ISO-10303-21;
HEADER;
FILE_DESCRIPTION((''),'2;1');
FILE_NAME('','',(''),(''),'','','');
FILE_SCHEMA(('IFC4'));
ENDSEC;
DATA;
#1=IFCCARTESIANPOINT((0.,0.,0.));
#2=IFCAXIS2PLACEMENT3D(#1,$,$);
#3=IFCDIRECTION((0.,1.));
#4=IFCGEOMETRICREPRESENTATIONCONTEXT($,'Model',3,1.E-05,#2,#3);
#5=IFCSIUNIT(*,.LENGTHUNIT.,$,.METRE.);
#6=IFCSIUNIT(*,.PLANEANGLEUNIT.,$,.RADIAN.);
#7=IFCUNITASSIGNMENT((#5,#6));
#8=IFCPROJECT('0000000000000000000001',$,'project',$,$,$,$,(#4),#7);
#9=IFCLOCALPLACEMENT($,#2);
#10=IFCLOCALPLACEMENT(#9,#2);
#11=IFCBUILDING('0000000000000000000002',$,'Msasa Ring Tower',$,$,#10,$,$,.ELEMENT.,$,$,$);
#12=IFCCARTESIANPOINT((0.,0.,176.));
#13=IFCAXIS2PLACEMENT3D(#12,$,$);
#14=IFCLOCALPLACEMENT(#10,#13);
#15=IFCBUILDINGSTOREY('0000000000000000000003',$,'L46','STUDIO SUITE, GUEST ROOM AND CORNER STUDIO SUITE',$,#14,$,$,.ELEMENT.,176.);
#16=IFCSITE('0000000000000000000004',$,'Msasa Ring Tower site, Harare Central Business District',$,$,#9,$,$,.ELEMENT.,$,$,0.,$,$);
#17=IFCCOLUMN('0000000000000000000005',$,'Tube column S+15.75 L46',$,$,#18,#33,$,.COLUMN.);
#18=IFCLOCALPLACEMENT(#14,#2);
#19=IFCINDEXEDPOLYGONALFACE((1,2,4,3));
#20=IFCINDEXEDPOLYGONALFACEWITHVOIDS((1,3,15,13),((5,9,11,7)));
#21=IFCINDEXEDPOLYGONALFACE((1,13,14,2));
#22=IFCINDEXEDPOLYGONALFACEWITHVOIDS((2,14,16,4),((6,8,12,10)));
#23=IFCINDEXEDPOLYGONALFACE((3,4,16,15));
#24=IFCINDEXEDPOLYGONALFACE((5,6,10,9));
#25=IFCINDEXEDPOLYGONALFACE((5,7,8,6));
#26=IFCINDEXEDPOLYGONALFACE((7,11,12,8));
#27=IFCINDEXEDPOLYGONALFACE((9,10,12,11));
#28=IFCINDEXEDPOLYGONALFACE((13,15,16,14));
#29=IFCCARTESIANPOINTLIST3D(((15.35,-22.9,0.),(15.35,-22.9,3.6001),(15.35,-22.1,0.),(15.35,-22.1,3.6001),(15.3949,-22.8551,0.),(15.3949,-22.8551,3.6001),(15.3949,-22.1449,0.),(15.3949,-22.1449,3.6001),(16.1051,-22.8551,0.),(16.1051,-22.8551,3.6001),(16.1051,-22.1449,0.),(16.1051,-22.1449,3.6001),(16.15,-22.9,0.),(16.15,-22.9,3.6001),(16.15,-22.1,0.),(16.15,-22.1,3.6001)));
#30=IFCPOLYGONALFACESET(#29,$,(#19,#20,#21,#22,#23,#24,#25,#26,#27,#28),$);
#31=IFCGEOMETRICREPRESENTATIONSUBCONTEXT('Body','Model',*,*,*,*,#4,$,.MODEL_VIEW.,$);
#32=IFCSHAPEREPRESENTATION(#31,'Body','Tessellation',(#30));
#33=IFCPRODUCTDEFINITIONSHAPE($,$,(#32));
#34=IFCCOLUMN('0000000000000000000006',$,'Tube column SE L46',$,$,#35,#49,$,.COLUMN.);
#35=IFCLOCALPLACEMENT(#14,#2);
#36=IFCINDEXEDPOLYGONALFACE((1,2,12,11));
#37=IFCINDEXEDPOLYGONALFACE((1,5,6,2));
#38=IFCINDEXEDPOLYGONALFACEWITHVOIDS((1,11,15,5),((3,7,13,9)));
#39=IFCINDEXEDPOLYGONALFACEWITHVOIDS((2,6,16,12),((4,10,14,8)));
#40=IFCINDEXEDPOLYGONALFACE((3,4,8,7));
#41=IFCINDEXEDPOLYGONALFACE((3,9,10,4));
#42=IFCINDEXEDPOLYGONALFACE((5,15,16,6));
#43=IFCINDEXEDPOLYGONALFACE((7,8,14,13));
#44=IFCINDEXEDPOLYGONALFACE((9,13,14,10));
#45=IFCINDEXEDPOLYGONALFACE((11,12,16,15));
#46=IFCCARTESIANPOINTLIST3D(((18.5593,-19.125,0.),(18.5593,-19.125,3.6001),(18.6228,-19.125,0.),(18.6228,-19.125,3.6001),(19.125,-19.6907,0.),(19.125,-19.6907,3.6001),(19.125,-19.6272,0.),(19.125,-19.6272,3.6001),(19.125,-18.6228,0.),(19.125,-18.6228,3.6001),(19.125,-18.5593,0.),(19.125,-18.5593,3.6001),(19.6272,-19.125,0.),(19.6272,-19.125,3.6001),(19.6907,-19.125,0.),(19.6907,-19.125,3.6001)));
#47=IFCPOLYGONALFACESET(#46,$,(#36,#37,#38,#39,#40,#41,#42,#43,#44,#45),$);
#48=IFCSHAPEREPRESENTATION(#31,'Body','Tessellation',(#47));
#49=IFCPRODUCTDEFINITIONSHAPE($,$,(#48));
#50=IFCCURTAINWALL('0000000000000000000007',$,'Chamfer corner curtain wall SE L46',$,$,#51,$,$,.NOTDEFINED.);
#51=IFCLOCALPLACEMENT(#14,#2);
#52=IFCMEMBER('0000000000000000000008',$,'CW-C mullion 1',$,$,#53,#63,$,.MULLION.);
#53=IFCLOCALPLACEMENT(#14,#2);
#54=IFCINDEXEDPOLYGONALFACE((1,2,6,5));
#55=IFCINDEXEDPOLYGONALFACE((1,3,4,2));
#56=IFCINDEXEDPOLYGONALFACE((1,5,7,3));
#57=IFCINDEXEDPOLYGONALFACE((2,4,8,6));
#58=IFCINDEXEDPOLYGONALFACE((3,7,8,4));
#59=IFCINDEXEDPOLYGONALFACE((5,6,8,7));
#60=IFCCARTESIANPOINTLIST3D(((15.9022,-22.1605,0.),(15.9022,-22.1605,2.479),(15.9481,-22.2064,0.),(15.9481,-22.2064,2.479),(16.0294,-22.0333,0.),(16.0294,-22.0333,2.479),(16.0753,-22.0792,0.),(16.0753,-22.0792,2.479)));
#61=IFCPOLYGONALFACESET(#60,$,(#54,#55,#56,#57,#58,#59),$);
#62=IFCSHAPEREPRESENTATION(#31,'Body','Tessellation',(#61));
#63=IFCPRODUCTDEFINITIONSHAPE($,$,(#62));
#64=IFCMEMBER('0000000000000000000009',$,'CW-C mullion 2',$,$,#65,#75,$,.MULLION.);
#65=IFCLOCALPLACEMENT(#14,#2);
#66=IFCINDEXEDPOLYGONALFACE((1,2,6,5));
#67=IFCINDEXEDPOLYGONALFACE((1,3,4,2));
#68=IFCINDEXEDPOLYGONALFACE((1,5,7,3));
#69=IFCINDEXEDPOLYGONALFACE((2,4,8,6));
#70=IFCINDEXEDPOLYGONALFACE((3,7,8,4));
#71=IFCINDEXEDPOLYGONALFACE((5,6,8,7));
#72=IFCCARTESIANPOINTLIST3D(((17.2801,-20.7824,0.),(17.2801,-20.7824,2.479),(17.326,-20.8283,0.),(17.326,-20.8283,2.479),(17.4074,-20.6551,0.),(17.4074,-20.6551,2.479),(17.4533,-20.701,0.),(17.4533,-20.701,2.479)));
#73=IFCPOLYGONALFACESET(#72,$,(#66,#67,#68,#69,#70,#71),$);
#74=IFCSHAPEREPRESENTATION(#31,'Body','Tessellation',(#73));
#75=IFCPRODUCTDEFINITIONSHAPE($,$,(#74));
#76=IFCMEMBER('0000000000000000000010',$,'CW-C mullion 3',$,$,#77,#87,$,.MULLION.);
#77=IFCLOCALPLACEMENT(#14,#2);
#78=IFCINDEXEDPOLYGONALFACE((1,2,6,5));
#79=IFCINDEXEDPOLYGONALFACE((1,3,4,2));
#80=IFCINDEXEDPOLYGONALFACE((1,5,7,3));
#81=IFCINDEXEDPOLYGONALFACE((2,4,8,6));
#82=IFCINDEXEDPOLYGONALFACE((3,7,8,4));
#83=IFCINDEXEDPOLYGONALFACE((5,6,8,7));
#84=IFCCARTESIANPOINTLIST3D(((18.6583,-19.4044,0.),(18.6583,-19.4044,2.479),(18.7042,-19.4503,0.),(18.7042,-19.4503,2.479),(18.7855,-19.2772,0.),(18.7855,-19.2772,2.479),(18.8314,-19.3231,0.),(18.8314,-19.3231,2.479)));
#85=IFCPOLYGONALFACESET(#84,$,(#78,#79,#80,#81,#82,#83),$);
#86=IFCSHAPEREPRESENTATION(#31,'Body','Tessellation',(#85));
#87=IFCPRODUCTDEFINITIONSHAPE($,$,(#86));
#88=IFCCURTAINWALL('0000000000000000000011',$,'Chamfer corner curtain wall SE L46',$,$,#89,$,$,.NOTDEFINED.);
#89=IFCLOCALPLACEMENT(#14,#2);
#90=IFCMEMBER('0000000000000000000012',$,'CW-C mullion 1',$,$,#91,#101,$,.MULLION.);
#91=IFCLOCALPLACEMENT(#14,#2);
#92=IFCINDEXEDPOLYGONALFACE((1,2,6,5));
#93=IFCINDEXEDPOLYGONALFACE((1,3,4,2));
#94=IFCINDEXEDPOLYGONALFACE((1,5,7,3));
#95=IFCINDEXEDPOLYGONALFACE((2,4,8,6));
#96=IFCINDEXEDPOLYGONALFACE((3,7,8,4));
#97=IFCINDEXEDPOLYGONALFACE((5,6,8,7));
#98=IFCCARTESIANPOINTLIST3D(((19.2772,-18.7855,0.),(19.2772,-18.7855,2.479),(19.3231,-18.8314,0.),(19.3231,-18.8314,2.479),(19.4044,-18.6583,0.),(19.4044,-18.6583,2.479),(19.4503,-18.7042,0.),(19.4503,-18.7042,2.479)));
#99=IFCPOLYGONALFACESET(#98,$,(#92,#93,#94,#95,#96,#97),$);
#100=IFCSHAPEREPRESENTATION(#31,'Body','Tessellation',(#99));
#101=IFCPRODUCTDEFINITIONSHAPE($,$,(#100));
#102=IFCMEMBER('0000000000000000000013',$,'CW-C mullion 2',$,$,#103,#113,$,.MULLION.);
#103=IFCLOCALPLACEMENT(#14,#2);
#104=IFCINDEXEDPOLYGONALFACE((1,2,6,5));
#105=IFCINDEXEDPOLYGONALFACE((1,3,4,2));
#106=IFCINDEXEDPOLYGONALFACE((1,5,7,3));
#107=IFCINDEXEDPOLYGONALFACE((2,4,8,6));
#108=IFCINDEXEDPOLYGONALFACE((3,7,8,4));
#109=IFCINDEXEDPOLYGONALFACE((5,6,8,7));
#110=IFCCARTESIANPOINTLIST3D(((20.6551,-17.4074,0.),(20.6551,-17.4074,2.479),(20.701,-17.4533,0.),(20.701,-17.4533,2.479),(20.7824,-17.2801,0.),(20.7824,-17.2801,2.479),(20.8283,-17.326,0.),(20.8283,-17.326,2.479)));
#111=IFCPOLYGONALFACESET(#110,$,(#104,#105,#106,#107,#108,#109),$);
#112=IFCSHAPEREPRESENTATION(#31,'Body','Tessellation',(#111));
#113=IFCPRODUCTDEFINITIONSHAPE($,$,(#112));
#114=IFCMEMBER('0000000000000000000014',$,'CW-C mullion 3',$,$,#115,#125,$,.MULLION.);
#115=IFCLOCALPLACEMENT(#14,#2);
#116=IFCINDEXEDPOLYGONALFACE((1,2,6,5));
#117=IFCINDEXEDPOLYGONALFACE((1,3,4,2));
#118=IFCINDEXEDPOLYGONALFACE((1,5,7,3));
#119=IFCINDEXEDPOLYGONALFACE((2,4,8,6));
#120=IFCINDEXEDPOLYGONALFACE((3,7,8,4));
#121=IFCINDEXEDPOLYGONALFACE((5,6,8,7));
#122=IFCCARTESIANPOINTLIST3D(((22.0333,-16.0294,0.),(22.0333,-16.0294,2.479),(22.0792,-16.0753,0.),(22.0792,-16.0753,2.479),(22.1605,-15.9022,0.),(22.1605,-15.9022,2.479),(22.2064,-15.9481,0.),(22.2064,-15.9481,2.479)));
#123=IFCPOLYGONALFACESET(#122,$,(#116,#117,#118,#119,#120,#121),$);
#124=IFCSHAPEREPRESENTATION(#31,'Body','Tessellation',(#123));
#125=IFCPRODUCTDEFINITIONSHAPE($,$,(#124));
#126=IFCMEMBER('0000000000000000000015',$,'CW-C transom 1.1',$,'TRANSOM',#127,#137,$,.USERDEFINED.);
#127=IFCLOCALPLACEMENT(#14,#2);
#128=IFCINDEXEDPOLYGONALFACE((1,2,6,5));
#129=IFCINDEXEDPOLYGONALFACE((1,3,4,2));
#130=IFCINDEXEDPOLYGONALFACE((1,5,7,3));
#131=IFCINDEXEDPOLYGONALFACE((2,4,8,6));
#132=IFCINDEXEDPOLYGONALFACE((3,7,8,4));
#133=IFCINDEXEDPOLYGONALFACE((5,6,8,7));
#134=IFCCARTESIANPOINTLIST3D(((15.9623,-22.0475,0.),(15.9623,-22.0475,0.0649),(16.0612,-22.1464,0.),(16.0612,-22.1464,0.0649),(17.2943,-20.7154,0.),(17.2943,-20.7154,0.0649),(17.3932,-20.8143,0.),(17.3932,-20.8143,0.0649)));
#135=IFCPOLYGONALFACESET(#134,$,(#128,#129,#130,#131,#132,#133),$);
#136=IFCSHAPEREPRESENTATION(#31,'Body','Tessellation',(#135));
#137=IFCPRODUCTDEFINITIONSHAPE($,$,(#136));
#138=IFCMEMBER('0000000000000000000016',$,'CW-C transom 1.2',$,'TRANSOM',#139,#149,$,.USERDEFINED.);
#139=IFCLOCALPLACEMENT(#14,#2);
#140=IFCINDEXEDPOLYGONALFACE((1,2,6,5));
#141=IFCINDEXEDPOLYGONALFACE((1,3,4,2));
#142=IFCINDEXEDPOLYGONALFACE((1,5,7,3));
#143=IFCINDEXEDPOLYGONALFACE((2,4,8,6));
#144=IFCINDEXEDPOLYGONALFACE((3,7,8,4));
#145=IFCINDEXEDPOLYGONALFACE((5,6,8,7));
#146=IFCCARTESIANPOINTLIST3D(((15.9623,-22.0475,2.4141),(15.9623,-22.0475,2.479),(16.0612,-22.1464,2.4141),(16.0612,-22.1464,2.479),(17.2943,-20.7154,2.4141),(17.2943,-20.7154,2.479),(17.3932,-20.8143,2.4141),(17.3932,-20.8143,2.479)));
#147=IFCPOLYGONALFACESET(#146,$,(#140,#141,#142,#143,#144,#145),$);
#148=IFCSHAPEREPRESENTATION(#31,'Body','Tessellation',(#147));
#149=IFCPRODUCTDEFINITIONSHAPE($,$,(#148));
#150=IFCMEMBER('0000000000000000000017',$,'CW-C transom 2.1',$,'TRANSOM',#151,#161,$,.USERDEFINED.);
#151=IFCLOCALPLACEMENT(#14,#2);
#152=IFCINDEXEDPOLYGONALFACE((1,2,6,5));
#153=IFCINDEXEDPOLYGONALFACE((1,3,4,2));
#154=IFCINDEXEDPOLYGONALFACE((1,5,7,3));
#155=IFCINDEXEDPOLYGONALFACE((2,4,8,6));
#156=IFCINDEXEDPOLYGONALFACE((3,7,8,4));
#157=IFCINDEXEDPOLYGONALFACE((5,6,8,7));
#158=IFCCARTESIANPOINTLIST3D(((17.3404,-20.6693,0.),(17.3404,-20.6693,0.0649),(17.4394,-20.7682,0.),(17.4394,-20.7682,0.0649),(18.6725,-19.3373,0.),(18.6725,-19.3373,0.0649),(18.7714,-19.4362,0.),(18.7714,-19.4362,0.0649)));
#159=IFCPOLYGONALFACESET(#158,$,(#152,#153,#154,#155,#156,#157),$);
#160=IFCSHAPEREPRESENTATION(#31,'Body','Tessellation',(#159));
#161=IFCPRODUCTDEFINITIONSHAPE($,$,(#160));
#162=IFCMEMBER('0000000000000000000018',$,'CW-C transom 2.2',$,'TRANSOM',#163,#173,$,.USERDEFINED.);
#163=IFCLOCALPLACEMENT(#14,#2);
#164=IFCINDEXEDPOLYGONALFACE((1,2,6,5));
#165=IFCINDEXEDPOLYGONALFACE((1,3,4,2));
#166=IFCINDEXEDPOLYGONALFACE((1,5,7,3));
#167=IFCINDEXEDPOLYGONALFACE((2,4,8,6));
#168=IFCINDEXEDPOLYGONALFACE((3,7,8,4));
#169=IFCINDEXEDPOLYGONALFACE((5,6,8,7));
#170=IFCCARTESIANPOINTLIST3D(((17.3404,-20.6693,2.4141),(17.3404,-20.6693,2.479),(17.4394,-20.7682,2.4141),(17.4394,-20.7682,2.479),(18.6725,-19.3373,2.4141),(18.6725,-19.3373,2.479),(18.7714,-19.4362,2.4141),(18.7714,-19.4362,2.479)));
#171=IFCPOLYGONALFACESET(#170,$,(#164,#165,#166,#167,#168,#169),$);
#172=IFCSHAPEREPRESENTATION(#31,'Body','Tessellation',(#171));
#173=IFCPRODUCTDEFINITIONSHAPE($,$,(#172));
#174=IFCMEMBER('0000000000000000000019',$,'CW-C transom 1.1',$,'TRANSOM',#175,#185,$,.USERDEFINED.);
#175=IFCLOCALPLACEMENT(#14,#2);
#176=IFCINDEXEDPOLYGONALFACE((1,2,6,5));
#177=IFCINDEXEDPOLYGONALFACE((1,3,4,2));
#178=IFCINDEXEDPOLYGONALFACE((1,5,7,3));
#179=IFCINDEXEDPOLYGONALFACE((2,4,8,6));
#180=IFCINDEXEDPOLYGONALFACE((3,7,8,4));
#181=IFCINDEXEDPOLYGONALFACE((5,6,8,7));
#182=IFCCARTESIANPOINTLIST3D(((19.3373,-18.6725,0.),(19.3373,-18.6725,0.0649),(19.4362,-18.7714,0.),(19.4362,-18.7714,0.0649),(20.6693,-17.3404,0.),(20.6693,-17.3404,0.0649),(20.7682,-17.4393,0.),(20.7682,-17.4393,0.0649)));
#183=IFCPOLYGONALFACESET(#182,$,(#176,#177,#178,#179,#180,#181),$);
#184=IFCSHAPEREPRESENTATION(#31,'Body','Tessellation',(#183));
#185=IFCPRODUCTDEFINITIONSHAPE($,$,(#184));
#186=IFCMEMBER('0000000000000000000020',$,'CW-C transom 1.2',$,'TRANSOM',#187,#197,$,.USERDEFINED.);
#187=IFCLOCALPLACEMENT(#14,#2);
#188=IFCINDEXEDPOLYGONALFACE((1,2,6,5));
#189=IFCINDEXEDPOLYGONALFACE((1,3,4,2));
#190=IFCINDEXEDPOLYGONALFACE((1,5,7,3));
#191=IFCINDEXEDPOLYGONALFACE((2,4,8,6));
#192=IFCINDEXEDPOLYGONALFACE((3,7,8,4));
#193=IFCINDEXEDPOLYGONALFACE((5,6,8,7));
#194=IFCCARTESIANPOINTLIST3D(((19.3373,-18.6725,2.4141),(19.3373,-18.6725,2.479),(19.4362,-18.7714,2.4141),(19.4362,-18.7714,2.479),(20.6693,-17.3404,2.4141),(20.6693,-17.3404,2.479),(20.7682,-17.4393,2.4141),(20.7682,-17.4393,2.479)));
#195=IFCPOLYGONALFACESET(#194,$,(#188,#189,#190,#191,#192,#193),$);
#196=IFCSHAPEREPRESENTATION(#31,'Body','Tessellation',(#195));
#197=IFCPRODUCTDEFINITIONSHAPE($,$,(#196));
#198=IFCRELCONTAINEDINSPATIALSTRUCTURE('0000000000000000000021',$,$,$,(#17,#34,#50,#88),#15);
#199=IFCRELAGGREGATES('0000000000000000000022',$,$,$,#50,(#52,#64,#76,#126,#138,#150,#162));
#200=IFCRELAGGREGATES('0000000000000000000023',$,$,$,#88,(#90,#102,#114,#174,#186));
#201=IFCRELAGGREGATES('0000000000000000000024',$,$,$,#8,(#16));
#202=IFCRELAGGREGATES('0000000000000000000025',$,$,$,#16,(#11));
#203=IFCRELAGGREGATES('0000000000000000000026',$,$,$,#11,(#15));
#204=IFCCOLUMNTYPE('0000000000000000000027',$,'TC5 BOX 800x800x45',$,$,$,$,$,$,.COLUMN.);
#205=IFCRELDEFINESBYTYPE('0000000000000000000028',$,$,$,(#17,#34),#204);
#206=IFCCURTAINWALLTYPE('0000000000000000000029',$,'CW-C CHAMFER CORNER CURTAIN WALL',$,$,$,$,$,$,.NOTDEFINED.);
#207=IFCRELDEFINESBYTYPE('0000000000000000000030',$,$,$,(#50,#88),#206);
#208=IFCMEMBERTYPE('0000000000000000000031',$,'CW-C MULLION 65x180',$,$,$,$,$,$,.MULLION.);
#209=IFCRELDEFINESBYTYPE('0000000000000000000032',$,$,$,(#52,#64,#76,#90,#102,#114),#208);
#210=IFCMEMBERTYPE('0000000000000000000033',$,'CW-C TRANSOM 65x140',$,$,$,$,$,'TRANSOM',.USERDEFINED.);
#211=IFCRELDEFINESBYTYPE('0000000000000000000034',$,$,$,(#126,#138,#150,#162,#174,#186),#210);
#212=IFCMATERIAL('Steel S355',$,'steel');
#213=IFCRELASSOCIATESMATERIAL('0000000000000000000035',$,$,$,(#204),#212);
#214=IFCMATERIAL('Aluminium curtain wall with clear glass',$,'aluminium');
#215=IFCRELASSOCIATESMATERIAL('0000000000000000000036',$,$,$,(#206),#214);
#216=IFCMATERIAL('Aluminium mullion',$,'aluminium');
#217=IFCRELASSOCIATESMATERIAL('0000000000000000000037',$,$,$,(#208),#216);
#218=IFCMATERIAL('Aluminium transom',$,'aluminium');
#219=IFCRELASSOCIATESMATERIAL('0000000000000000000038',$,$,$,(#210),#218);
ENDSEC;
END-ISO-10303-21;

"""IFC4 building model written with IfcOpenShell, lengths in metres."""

from ifc_helpers import new_model, si_unit, direction, frame, origin, origin_2d, place, context, subcontext, project, spatial, rectangle, hollow_rectangle, extrude, material, material_profile, profile_set, type_object, element, aggregate, save


model = new_model("IFC4")

# Units and contexts
model_context = context("Model", 3, precision=1e-05, world=origin(), true_north=direction((0.0, 1.0)))
body_context = subcontext(model_context, "Body", "Model", "MODEL_VIEW")
ifc_project = project(units=[si_unit("LENGTHUNIT", "METRE"), si_unit("PLANEANGLEUNIT", "RADIAN")], contexts=[model_context])

# Site, building, storey
site_placement = place(None, origin())
site = spatial("IfcSite", under=ifc_project, at=site_placement, Name="Msasa Ring Tower site, Harare Central Business District", CompositionType="ELEMENT", RefElevation=0.0)
building_placement = place(site_placement, origin())
building = spatial("IfcBuilding", under=site, at=building_placement, Name="Msasa Ring Tower", CompositionType="ELEMENT")
storey_placement = place(building_placement, frame((0.0, 0.0, 176.0)))
storey = spatial("IfcBuildingStorey", under=building, at=storey_placement, Name="L46", Description="STUDIO SUITE, GUEST ROOM AND CORNER STUDIO SUITE", CompositionType="ELEMENT", Elevation=176.0)

# Columns
ifc_material_1 = material(Name="Steel S355", Category="steel")
ifc_material_profile_1 = material_profile(ifc_material_1, hollow_rectangle(XDim=0.8, YDim=0.8, WallThickness=0.0449, at=origin_2d()), Name="BOX 800x800x45")
ifc_profile_set_1 = profile_set([ifc_material_profile_1], Name="Steel S355")
column_type = type_object("IfcColumnType", Name="TC5 BOX 800x800x45", PredefinedType="COLUMN", material=ifc_profile_set_1)
for number, where, z_axis, x_axis, name in (
    (1, (15.75, -22.5, 0.0), (0.0, 0.0, 1.0), (0.0, 1.0, 0.0), "Tube column S+15.75 L46"),
    (2, (19.125, -19.125, 0.0), (0.0, 0.0, 1.0), (0.707107, -0.707107, 0.0), "Tube column SE L46"),
):
    element("IfcColumn", number, at=place(storey_placement, frame(where, z_axis=z_axis, x_axis=x_axis)), inside=storey, type_object=column_type, Name=name, PredefinedType="COLUMN", context=body_context, shape_type="SweptSolid", body=[
        extrude(hollow_rectangle(XDim=0.8, YDim=0.8, WallThickness=0.0449, at=origin_2d()), origin(), (0.0, 0.0, 1.0), 3.6001),
    ])

# Curtain walls, members
ifc_material_2 = material(Name="Aluminium curtain wall with clear glass", Category="aluminium")
curtain_wall_type = type_object("IfcCurtainWallType", Name="CW-C CHAMFER CORNER CURTAIN WALL", PredefinedType="NOTDEFINED", material=ifc_material_2)
curtain_wall_1_placement = place(storey_placement, origin())
curtain_wall_1 = element("IfcCurtainWall", 3, at=curtain_wall_1_placement, inside=storey, type_object=curtain_wall_type, Name="Chamfer corner curtain wall SE L46", PredefinedType="NOTDEFINED")
ifc_material_3 = material(Name="Aluminium mullion", Category="aluminium")
ifc_material_profile_2 = material_profile(ifc_material_3, rectangle(XDim=0.0649, YDim=0.1799, at=origin_2d()), Name="AL 65x180")
ifc_profile_set_2 = profile_set([ifc_material_profile_2], Name="Aluminium mullion")
member_type_1 = type_object("IfcMemberType", Name="CW-C MULLION 65x180", PredefinedType="MULLION", material=ifc_profile_set_2)
member_1_placement = place(storey_placement, frame((15.9888, -22.1199, 0.0), z_axis=(0.0, 0.0, 1.0), x_axis=(-0.707107, 0.707107, 0.0)))
member_1 = element("IfcMember", 4, at=member_1_placement, type_object=member_type_1, Name="CW-C mullion 1", PredefinedType="MULLION", context=body_context, shape_type="SweptSolid", body=[
    extrude(rectangle(XDim=0.0649, YDim=0.1799, at=origin_2d()), origin(), (0.0, 0.0, 1.0), 2.479),
])
member_2_placement = place(storey_placement, frame((17.3667, -20.7417, 0.0), z_axis=(0.0, 0.0, 1.0), x_axis=(-0.707107, 0.707107, 0.0)))
member_2 = element("IfcMember", 5, at=member_2_placement, type_object=member_type_1, Name="CW-C mullion 2", PredefinedType="MULLION", context=body_context, shape_type="SweptSolid", body=[
    extrude(rectangle(XDim=0.0649, YDim=0.1799, at=origin_2d()), origin(), (0.0, 0.0, 1.0), 2.479),
])
member_3_placement = place(storey_placement, frame((18.7449, -19.3638, 0.0), z_axis=(0.0, 0.0, 1.0), x_axis=(-0.707107, 0.707107, 0.0)))
member_3 = element("IfcMember", 6, at=member_3_placement, type_object=member_type_1, Name="CW-C mullion 3", PredefinedType="MULLION", context=body_context, shape_type="SweptSolid", body=[
    extrude(rectangle(XDim=0.0649, YDim=0.1799, at=origin_2d()), origin(), (0.0, 0.0, 1.0), 2.479),
])
curtain_wall_2_placement = place(storey_placement, origin())
curtain_wall_2 = element("IfcCurtainWall", 7, at=curtain_wall_2_placement, inside=storey, type_object=curtain_wall_type, Name="Chamfer corner curtain wall SE L46", PredefinedType="NOTDEFINED")
member_4_placement = place(storey_placement, frame((19.3638, -18.7449, 0.0), z_axis=(0.0, 0.0, 1.0), x_axis=(-0.707107, 0.707107, 0.0)))
member_4 = element("IfcMember", 8, at=member_4_placement, type_object=member_type_1, Name="CW-C mullion 1", PredefinedType="MULLION", context=body_context, shape_type="SweptSolid", body=[
    extrude(rectangle(XDim=0.0649, YDim=0.1799, at=origin_2d()), origin(), (0.0, 0.0, 1.0), 2.479),
])
member_5_placement = place(storey_placement, frame((20.7417, -17.3667, 0.0), z_axis=(0.0, 0.0, 1.0), x_axis=(-0.707107, 0.707107, 0.0)))
member_5 = element("IfcMember", 9, at=member_5_placement, type_object=member_type_1, Name="CW-C mullion 2", PredefinedType="MULLION", context=body_context, shape_type="SweptSolid", body=[
    extrude(rectangle(XDim=0.0649, YDim=0.1799, at=origin_2d()), origin(), (0.0, 0.0, 1.0), 2.479),
])
member_6_placement = place(storey_placement, frame((22.1199, -15.9888, 0.0), z_axis=(0.0, 0.0, 1.0), x_axis=(-0.707107, 0.707107, 0.0)))
member_6 = element("IfcMember", 10, at=member_6_placement, type_object=member_type_1, Name="CW-C mullion 3", PredefinedType="MULLION", context=body_context, shape_type="SweptSolid", body=[
    extrude(rectangle(XDim=0.0649, YDim=0.1799, at=origin_2d()), origin(), (0.0, 0.0, 1.0), 2.479),
])

# Members
ifc_material_4 = material(Name="Aluminium transom", Category="aluminium")
ifc_material_profile_3 = material_profile(ifc_material_4, rectangle(XDim=0.1399, YDim=0.0649, at=origin_2d()), Name="AL 65x140")
ifc_profile_set_3 = profile_set([ifc_material_profile_3], Name="Aluminium transom")
member_type_2 = type_object("IfcMemberType", Name="CW-C TRANSOM 65x140", ElementType="TRANSOM", PredefinedType="USERDEFINED", material=ifc_profile_set_3)
member_7_placement = place(storey_placement, frame((16.0117, -22.0969, 0.0325), z_axis=(0.707107, 0.707107, 0.0), x_axis=(-0.707107, 0.707107, 0.0)))
member_7 = element("IfcMember", 11, at=member_7_placement, type_object=member_type_2, Name="CW-C transom 1.1", ObjectType="TRANSOM", PredefinedType="USERDEFINED", context=body_context, shape_type="SweptSolid", body=[
    extrude(rectangle(XDim=0.1399, YDim=0.0649, at=origin_2d()), origin(), (0.0, 0.0, 1.0), 1.8838),
])
member_8_placement = place(storey_placement, frame((16.0117, -22.0969, 2.4465), z_axis=(0.707107, 0.707107, 0.0), x_axis=(-0.707107, 0.707107, 0.0)))
member_8 = element("IfcMember", 12, at=member_8_placement, type_object=member_type_2, Name="CW-C transom 1.2", ObjectType="TRANSOM", PredefinedType="USERDEFINED", context=body_context, shape_type="SweptSolid", body=[
    extrude(rectangle(XDim=0.1399, YDim=0.0649, at=origin_2d()), origin(), (0.0, 0.0, 1.0), 1.8838),
])
member_9_placement = place(storey_placement, frame((17.3899, -20.7188, 0.0325), z_axis=(0.707107, 0.707107, 0.0), x_axis=(-0.707107, 0.707107, 0.0)))
member_9 = element("IfcMember", 13, at=member_9_placement, type_object=member_type_2, Name="CW-C transom 2.1", ObjectType="TRANSOM", PredefinedType="USERDEFINED", context=body_context, shape_type="SweptSolid", body=[
    extrude(rectangle(XDim=0.1399, YDim=0.0649, at=origin_2d()), origin(), (0.0, 0.0, 1.0), 1.8838),
])
member_10_placement = place(storey_placement, frame((17.3899, -20.7188, 2.4465), z_axis=(0.707107, 0.707107, 0.0), x_axis=(-0.707107, 0.707107, 0.0)))
member_10 = element("IfcMember", 14, at=member_10_placement, type_object=member_type_2, Name="CW-C transom 2.2", ObjectType="TRANSOM", PredefinedType="USERDEFINED", context=body_context, shape_type="SweptSolid", body=[
    extrude(rectangle(XDim=0.1399, YDim=0.0649, at=origin_2d()), origin(), (0.0, 0.0, 1.0), 1.8838),
])
member_11_placement = place(storey_placement, frame((19.3867, -18.7219, 0.0325), z_axis=(0.707107, 0.707107, 0.0), x_axis=(-0.707107, 0.707107, 0.0)))
member_11 = element("IfcMember", 15, at=member_11_placement, type_object=member_type_2, Name="CW-C transom 1.1", ObjectType="TRANSOM", PredefinedType="USERDEFINED", context=body_context, shape_type="SweptSolid", body=[
    extrude(rectangle(XDim=0.1399, YDim=0.0649, at=origin_2d()), origin(), (0.0, 0.0, 1.0), 1.8838),
])
member_12_placement = place(storey_placement, frame((19.3867, -18.7219, 2.4465), z_axis=(0.707107, 0.707107, 0.0), x_axis=(-0.707107, 0.707107, 0.0)))
member_12 = element("IfcMember", 16, at=member_12_placement, type_object=member_type_2, Name="CW-C transom 1.2", ObjectType="TRANSOM", PredefinedType="USERDEFINED", context=body_context, shape_type="SweptSolid", body=[
    extrude(rectangle(XDim=0.1399, YDim=0.0649, at=origin_2d()), origin(), (0.0, 0.0, 1.0), 1.8838),
])

aggregate(curtain_wall_1, [member_1, member_2, member_3, member_7, member_8, member_9, member_10])
aggregate(curtain_wall_2, [member_4, member_5, member_6, member_11, member_12])

save(model, "model.ifc")
